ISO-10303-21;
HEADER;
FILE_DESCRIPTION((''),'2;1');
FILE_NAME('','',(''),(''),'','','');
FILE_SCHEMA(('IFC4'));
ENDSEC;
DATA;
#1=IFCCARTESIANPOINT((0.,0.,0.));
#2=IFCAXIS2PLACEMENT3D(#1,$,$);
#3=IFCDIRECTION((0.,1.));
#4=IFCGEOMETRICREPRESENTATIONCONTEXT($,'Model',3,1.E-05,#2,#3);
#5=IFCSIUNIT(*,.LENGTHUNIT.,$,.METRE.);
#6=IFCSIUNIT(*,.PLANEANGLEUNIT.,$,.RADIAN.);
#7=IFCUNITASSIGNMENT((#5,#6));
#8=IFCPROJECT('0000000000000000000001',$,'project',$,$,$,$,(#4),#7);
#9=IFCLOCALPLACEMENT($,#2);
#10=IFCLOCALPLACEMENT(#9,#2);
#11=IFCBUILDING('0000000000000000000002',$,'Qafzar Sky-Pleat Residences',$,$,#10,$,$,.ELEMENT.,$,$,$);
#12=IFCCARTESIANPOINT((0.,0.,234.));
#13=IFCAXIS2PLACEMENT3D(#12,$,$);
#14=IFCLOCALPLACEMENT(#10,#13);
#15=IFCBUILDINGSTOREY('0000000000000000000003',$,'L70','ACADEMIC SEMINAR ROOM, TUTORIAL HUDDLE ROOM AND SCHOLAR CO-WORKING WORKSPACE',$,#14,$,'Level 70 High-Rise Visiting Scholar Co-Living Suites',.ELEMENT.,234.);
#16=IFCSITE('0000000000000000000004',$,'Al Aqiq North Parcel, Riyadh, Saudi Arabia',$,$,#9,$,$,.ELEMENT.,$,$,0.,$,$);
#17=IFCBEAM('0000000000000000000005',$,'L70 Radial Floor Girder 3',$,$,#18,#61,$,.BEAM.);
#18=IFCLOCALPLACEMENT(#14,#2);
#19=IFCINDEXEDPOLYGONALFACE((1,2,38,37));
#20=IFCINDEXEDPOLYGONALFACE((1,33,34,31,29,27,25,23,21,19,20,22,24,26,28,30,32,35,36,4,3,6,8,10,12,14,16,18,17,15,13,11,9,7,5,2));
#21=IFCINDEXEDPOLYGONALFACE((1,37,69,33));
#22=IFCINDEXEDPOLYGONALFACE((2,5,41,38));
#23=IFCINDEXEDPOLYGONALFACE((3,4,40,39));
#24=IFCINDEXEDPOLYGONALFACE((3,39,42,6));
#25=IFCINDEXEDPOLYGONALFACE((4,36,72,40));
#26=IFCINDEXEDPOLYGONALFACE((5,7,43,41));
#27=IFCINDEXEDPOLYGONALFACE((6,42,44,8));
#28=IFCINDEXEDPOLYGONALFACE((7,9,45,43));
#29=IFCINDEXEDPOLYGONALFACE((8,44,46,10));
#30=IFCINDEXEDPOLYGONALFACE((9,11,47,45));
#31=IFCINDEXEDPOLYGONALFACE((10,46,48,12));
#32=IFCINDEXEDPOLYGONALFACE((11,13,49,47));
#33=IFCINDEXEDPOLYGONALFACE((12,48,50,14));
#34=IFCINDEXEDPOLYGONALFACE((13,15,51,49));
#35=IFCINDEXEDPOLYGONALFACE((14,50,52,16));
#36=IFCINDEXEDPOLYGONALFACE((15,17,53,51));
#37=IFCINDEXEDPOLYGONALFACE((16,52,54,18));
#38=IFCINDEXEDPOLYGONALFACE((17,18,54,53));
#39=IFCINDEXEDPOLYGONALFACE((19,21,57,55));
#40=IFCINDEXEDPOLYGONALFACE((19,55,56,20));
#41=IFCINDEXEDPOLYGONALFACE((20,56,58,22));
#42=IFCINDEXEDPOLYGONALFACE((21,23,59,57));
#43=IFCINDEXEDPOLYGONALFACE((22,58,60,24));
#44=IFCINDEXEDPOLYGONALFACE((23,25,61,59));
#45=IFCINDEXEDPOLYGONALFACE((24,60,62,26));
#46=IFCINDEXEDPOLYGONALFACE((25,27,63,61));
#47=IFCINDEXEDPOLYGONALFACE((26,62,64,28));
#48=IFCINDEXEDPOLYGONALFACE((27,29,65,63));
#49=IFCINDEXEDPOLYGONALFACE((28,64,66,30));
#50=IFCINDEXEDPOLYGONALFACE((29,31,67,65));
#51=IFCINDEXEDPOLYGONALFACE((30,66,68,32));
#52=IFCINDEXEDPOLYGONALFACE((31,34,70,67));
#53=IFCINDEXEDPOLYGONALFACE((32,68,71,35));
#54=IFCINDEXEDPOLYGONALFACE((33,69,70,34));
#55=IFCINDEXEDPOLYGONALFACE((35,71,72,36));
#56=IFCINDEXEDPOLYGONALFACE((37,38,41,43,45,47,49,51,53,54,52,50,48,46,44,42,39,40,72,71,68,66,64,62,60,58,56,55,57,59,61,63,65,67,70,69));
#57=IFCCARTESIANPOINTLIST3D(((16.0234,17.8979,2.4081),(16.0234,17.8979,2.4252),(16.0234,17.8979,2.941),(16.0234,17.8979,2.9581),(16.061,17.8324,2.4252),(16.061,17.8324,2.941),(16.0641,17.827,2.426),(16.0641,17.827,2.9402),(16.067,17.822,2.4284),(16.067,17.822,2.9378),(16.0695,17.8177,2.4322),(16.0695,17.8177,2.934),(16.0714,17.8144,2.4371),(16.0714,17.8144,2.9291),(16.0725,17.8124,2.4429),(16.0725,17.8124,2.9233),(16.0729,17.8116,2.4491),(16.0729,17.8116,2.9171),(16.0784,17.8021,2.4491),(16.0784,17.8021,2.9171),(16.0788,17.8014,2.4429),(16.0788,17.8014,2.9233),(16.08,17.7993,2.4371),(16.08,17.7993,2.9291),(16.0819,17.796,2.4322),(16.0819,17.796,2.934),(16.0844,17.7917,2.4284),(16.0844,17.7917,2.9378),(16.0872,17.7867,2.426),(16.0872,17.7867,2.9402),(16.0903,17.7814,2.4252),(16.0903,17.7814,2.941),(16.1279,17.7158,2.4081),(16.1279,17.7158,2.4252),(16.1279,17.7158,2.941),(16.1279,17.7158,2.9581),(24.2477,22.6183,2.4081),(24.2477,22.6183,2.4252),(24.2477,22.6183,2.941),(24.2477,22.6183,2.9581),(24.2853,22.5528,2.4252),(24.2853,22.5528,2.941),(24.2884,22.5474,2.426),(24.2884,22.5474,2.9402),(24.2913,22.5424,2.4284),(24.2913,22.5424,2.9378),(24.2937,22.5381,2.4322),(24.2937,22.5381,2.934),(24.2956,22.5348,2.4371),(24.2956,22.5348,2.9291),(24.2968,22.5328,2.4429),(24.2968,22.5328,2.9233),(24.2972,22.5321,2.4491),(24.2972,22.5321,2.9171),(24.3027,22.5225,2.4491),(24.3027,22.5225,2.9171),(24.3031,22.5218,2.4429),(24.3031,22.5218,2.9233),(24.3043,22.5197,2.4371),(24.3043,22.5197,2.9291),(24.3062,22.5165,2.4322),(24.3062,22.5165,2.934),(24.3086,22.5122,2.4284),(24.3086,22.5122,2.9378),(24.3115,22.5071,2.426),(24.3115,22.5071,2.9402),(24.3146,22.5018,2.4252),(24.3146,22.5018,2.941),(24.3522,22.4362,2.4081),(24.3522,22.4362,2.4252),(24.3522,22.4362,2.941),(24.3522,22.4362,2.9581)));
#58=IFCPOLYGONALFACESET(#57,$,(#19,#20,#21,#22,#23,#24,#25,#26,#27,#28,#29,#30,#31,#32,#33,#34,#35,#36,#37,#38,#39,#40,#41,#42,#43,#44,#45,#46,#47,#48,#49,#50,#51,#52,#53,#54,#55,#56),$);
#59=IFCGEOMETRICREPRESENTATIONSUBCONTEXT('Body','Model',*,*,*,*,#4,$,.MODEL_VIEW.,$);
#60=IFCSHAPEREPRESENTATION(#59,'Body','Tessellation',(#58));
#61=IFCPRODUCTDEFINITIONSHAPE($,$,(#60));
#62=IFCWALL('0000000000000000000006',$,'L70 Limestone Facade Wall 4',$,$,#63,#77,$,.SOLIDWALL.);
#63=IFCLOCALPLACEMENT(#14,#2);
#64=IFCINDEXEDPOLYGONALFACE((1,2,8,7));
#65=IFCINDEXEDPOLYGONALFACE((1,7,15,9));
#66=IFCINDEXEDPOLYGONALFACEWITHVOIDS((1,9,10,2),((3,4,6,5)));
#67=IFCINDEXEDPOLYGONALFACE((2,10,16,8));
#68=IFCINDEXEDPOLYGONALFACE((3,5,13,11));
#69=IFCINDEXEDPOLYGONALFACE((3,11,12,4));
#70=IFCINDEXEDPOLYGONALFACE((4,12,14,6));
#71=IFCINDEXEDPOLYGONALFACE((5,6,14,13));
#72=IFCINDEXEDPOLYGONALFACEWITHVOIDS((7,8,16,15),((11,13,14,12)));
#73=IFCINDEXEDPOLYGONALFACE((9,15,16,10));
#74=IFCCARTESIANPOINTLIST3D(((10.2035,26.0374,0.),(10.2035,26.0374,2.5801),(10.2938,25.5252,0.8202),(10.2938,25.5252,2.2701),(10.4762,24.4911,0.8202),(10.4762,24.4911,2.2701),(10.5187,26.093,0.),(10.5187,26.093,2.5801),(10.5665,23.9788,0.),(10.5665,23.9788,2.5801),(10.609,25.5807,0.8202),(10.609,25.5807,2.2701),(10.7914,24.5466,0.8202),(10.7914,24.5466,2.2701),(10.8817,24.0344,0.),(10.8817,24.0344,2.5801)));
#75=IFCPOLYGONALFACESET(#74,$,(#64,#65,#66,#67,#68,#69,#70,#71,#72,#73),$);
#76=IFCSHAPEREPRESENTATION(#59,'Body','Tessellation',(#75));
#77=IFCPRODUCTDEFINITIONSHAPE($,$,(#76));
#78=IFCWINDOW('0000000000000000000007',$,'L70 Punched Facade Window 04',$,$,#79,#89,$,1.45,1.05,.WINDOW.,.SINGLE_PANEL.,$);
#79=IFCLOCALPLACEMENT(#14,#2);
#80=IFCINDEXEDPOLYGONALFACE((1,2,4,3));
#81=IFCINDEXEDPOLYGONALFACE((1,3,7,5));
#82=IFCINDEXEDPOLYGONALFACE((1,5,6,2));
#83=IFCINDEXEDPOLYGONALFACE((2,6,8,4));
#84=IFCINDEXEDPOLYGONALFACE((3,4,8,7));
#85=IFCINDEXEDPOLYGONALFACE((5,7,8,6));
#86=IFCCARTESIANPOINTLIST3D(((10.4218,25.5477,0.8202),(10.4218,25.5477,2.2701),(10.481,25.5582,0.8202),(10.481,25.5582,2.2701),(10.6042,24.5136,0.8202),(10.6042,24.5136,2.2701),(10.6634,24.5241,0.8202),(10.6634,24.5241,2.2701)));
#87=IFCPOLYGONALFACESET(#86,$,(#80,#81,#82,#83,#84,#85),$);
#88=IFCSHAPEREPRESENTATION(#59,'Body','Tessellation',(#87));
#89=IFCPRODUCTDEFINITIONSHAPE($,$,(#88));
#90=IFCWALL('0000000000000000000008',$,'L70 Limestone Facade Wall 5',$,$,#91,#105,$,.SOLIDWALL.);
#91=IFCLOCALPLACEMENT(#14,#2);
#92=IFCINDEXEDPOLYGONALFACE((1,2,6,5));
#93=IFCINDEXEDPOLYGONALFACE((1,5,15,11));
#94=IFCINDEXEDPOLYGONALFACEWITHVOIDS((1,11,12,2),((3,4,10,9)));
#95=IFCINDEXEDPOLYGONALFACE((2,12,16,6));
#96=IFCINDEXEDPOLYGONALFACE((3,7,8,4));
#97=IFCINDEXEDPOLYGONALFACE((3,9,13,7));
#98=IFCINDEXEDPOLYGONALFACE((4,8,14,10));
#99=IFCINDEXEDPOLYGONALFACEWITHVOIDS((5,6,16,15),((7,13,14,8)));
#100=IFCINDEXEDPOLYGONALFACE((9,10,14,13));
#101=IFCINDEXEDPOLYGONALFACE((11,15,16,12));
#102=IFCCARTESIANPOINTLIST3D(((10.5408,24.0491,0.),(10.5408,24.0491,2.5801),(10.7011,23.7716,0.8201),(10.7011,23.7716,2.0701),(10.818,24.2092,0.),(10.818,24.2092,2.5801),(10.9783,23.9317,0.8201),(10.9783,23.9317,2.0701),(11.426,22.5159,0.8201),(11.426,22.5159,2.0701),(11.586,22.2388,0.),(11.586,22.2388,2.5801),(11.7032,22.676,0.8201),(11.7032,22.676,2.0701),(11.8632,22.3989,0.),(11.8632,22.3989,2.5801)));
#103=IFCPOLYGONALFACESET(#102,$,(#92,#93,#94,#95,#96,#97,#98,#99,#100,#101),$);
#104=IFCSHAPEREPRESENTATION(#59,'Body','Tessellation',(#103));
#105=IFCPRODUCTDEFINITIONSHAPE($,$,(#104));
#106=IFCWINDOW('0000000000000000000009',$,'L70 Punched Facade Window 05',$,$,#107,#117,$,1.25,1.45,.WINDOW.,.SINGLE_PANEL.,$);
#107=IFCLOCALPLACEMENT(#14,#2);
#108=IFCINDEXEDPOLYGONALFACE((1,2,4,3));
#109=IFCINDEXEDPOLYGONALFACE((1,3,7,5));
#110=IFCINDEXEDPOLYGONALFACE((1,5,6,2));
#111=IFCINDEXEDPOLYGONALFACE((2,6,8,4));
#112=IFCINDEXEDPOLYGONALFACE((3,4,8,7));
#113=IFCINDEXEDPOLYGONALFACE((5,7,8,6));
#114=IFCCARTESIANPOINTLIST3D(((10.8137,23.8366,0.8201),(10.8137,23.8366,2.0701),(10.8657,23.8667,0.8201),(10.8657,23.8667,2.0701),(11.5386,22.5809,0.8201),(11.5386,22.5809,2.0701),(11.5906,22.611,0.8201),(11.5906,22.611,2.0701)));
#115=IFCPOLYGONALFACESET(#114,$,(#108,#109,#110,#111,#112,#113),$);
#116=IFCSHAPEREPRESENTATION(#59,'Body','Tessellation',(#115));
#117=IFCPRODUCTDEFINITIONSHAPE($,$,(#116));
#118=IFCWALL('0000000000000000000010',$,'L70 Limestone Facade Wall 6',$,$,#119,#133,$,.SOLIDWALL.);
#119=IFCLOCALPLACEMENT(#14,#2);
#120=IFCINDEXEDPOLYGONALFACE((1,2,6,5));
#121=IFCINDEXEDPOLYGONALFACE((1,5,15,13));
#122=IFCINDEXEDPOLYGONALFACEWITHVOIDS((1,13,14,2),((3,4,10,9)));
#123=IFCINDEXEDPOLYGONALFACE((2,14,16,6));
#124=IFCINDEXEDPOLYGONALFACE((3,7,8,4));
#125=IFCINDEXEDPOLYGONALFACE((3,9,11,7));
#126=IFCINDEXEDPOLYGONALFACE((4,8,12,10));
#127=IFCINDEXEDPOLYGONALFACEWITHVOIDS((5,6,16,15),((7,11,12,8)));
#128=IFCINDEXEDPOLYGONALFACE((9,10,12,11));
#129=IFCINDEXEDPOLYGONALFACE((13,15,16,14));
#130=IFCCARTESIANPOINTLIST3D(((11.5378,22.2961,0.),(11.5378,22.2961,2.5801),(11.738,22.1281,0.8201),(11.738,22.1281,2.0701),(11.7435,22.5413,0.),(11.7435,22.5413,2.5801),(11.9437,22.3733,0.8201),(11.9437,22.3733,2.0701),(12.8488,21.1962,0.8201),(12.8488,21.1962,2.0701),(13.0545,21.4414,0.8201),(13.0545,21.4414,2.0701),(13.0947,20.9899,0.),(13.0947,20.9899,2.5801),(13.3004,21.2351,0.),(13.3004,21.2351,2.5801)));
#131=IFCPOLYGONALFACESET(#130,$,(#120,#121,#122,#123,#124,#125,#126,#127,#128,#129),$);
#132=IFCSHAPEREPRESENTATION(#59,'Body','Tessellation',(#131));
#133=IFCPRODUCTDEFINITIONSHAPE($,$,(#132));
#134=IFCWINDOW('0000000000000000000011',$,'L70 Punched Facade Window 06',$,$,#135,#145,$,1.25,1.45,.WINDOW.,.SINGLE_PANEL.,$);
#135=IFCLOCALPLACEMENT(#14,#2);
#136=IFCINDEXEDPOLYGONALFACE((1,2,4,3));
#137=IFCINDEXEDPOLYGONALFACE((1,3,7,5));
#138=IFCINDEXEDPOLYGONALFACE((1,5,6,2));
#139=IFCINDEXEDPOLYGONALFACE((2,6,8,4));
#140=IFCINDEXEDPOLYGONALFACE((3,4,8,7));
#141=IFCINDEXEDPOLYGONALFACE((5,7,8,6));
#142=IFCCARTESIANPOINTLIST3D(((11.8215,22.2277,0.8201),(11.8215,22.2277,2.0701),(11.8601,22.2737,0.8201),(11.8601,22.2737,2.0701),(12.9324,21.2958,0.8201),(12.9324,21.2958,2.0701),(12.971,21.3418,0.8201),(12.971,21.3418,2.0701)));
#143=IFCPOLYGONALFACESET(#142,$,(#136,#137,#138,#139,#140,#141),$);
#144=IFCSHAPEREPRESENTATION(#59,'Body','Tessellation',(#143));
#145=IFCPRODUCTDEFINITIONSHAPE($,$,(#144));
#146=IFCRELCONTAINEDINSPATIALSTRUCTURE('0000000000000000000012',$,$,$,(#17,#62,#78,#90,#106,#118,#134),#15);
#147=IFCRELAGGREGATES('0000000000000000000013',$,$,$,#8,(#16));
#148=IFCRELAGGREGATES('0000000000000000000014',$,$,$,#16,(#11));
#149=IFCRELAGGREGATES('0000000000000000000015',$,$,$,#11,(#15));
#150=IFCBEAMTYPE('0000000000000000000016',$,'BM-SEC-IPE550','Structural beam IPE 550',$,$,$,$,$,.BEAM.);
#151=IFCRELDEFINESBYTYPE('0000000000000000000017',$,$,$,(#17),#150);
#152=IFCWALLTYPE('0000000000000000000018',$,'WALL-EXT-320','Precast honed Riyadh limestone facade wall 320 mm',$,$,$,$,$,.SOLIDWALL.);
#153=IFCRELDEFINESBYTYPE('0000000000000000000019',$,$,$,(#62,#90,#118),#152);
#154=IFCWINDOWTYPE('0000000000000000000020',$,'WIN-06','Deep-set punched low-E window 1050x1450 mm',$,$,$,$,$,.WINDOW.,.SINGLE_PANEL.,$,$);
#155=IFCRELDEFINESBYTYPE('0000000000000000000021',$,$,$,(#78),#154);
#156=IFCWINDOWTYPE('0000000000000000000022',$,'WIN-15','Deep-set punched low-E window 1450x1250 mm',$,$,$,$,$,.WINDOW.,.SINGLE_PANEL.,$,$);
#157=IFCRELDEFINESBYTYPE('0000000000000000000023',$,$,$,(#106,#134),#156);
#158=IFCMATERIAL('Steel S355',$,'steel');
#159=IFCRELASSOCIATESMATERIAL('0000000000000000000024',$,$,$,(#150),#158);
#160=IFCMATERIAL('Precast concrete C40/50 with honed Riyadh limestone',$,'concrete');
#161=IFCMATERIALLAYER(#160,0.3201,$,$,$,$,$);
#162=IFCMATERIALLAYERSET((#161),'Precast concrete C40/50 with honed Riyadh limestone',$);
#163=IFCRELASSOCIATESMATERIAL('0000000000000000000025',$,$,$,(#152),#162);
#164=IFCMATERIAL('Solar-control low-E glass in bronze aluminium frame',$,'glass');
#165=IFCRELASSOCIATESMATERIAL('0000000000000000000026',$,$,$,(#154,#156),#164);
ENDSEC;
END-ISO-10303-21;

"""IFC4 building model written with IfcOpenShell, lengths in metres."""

from ifc_helpers import new_model, si_unit, direction, frame, frame_2d, origin, origin_2d, place, context, subcontext, project, spatial, rectangle, i_section, extrude, source, transform, mapped, material, layer, layer_set, material_profile, profile_set, type_object, element, fill, save


model = new_model("IFC4")

# Units and contexts
model_context = context("Model", 3, precision=1e-05, world=origin(), true_north=direction((0.0, 1.0)))
body_context = subcontext(model_context, "Body", "Model", "MODEL_VIEW")
ifc_project = project(units=[si_unit("LENGTHUNIT", "METRE"), si_unit("PLANEANGLEUNIT", "RADIAN")], contexts=[model_context])

# Site, building, storey
site_placement = place(None, origin())
site = spatial("IfcSite", under=ifc_project, at=site_placement, Name="Al Aqiq North Parcel, Riyadh, Saudi Arabia", CompositionType="ELEMENT", RefElevation=0.0)
building_placement = place(site_placement, origin())
building = spatial("IfcBuilding", under=site, at=building_placement, Name="Qafzar Sky-Pleat Residences", CompositionType="ELEMENT")
storey_placement = place(building_placement, frame((0.0, 0.0, 234.0)))
storey = spatial("IfcBuildingStorey", under=building, at=storey_placement, Name="L70", Description="ACADEMIC SEMINAR ROOM, TUTORIAL HUDDLE ROOM AND SCHOLAR CO-WORKING WORKSPACE", LongName="Level 70 High-Rise Visiting Scholar Co-Living Suites", CompositionType="ELEMENT", Elevation=234.0)

# Shared definitions
ifc_material_1 = material(Name="Steel S355", Category="steel")

# Beam
ifc_material_profile_1 = material_profile(ifc_material_1, i_section(OverallWidth=0.21, OverallDepth=0.55, WebThickness=0.011, FlangeThickness=0.0171, FilletRadius=0.0239, at=origin_2d()), Name="IPE 550")
ifc_profile_set_1 = profile_set([ifc_material_profile_1], Name="Steel S355")
beam_type_1 = type_object("IfcBeamType", Name="BM-SEC-IPE550", Description="Structural beam IPE 550", PredefinedType="BEAM", material=ifc_profile_set_1)
shared_shape_1 = source(origin(), body_context, "Body", "SweptSolid", [
    extrude(i_section(OverallWidth=0.21, OverallDepth=0.55, WebThickness=0.011, FlangeThickness=0.0171, FilletRadius=0.0239, at=origin_2d()), origin(), (0.0, 0.0, 1.0), 9.4827),
])
beam_1_placement = place(storey_placement, frame((16.0757, 17.8069, 2.6831), z_axis=(0.867296, 0.497793, 0.0), x_axis=(-0.497793, 0.867296, 0.0)))
element("IfcBeam", 1, at=beam_1_placement, inside=storey, type_object=beam_type_1, Name="L70 Radial Floor Girder 3", PredefinedType="BEAM", context=body_context, shape_type="MappedRepresentation", body=[
    mapped(shared_shape_1, transform((0.0, 0.0, 0.0), x_axis=(1.0, 0.0, 0.0), y_axis=(0.0, 1.0, 0.0), z_axis=(0.0, 0.0, 1.0), scale=1.0)),
])

# Walls, openings, windows
ifc_material_2 = material(Name="Precast concrete C40/50 with honed Riyadh limestone", Category="concrete")
ifc_layer_1 = layer(ifc_material_2, 0.3201)
ifc_layer_set_1 = layer_set([ifc_layer_1], Name="Precast concrete C40/50 with honed Riyadh limestone")
wall_type_1 = type_object("IfcWallType", Name="WALL-EXT-320", Description="Precast honed Riyadh limestone facade wall 320 mm", PredefinedType="SOLIDWALL", material=ifc_layer_set_1)
wall_1_placement = place(storey_placement, frame((10.3611, 26.0652, 0.0), z_axis=(0.0, 0.0, 1.0), x_axis=(0.173672, -0.984804, 0.0)))
wall_1 = element("IfcWall", 2, at=wall_1_placement, inside=storey, type_object=wall_type_1, Name="L70 Limestone Facade Wall 4", PredefinedType="SOLIDWALL", context=body_context, shape_type="SweptSolid", body=[
    extrude(rectangle(XDim=2.0903, YDim=0.3201, at=frame_2d((1.0452, 0.0))), origin(), (0.0, 0.0, 1.0), 2.5801),
])
opening_1_placement = place(wall_1_placement, frame((0.5203, 0.0, 0.8201)))
opening_1 = element("IfcOpeningElement", 3, at=opening_1_placement, cuts=wall_1, PredefinedType="OPENING", context=body_context, shape_type="SweptSolid", body=[
    extrude(rectangle(XDim=1.05, YDim=1.45, at=frame_2d((0.5249, 0.7251))), frame((0.0, 0.1699, 0.0), z_axis=(0.0, -1.0, 0.0), x_axis=(1.0, 0.0, 0.0)), (0.0, 0.0, 1.0), 0.3401),
])
ifc_material_3 = material(Name="Solar-control low-E glass in bronze aluminium frame", Category="glass")
window_type_1 = type_object("IfcWindowType", Name="WIN-06", Description="Deep-set punched low-E window 1050x1450 mm", PartitioningType="SINGLE_PANEL", PredefinedType="WINDOW", material=ifc_material_3)
shared_shape_2 = source(origin(), body_context, "Body", "SweptSolid", [
    extrude(rectangle(XDim=1.05, YDim=1.45, at=frame_2d((0.5249, 0.7251))), frame((0.0, 0.03, 0.0), z_axis=(0.0, -1.0, 0.0), x_axis=(1.0, 0.0, 0.0)), (0.0, 0.0, 1.0), 0.0601),
])
window_1_placement = place(opening_1_placement, origin())
window_1 = element("IfcWindow", 4, at=window_1_placement, inside=storey, type_object=window_type_1, Name="L70 Punched Facade Window 04", OverallHeight=1.45, OverallWidth=1.05, PartitioningType="SINGLE_PANEL", PredefinedType="WINDOW", context=body_context, shape_type="MappedRepresentation", body=[
    mapped(shared_shape_2, transform((0.0, 0.0, 0.0), x_axis=(1.0, 0.0, 0.0), y_axis=(0.0, 1.0, 0.0), z_axis=(0.0, 0.0, 1.0), scale=1.0)),
])
fill(opening_1, window_1)
wall_2_placement = place(storey_placement, frame((10.6794, 24.1292, 0.0), z_axis=(0.0, 0.0, 1.0), x_axis=(0.499995, -0.866028, 0.0)))
wall_2 = element("IfcWall", 5, at=wall_2_placement, inside=storey, type_object=wall_type_1, Name="L70 Limestone Facade Wall 5", PredefinedType="SOLIDWALL", context=body_context, shape_type="SweptSolid", body=[
    extrude(rectangle(XDim=2.0903, YDim=0.3201, at=frame_2d((1.0452, 0.0))), origin(), (0.0, 0.0, 1.0), 2.5801),
])
opening_2_placement = place(wall_2_placement, frame((0.3203, 0.0, 0.8201)))
opening_2 = element("IfcOpeningElement", 6, at=opening_2_placement, cuts=wall_2, PredefinedType="OPENING", context=body_context, shape_type="SweptSolid", body=[
    extrude(rectangle(XDim=1.45, YDim=1.25, at=frame_2d((0.7251, 0.625))), frame((0.0, 0.1699, 0.0), z_axis=(0.0, -1.0, 0.0), x_axis=(1.0, 0.0, 0.0)), (0.0, 0.0, 1.0), 0.3401),
])
window_type_2 = type_object("IfcWindowType", Name="WIN-15", Description="Deep-set punched low-E window 1450x1250 mm", PartitioningType="SINGLE_PANEL", PredefinedType="WINDOW", material=ifc_material_3)
shared_shape_3 = source(origin(), body_context, "Body", "SweptSolid", [
    extrude(rectangle(XDim=1.45, YDim=1.25, at=frame_2d((0.7251, 0.625))), frame((0.0, 0.03, 0.0), z_axis=(0.0, -1.0, 0.0), x_axis=(1.0, 0.0, 0.0)), (0.0, 0.0, 1.0), 0.0601),
])
window_2_placement = place(opening_2_placement, origin())
window_2 = element("IfcWindow", 7, at=window_2_placement, inside=storey, type_object=window_type_2, Name="L70 Punched Facade Window 05", OverallHeight=1.25, OverallWidth=1.45, PartitioningType="SINGLE_PANEL", PredefinedType="WINDOW", context=body_context, shape_type="MappedRepresentation", body=[
    mapped(shared_shape_3, transform((0.0, 0.0, 0.0), x_axis=(1.0, 0.0, 0.0), y_axis=(0.0, 1.0, 0.0), z_axis=(0.0, 0.0, 1.0), scale=1.0)),
])
fill(opening_2, window_2)
wall_3_placement = place(storey_placement, frame((11.6406, 22.4187, 0.0), z_axis=(0.0, 0.0, 1.0), x_axis=(0.7661, -0.642721, 0.0)))
wall_3 = element("IfcWall", 8, at=wall_3_placement, inside=storey, type_object=wall_type_1, Name="L70 Limestone Facade Wall 6", PredefinedType="SOLIDWALL", context=body_context, shape_type="SweptSolid", body=[
    extrude(rectangle(XDim=2.0322, YDim=0.3201, at=frame_2d((1.0161, 0.0))), origin(), (0.0, 0.0, 1.0), 2.5801),
])
opening_3_placement = place(wall_3_placement, frame((0.2612, 0.0, 0.8201)))
opening_3 = element("IfcOpeningElement", 9, at=opening_3_placement, cuts=wall_3, PredefinedType="OPENING", context=body_context, shape_type="SweptSolid", body=[
    extrude(rectangle(XDim=1.45, YDim=1.25, at=frame_2d((0.7251, 0.625))), frame((0.0, 0.1699, 0.0), z_axis=(0.0, -1.0, 0.0), x_axis=(1.0, 0.0, 0.0)), (0.0, 0.0, 1.0), 0.3401),
])
window_3_placement = place(opening_3_placement, origin())
window_3 = element("IfcWindow", 10, at=window_3_placement, inside=storey, type_object=window_type_2, Name="L70 Punched Facade Window 06", OverallHeight=1.25, OverallWidth=1.45, PartitioningType="SINGLE_PANEL", PredefinedType="WINDOW", context=body_context, shape_type="MappedRepresentation", body=[
    mapped(shared_shape_3, transform((0.0, 0.0, 0.0), x_axis=(1.0, 0.0, 0.0), y_axis=(0.0, 1.0, 0.0), z_axis=(0.0, 0.0, 1.0), scale=1.0)),
])
fill(opening_3, window_3)

save(model, "model.ifc")
